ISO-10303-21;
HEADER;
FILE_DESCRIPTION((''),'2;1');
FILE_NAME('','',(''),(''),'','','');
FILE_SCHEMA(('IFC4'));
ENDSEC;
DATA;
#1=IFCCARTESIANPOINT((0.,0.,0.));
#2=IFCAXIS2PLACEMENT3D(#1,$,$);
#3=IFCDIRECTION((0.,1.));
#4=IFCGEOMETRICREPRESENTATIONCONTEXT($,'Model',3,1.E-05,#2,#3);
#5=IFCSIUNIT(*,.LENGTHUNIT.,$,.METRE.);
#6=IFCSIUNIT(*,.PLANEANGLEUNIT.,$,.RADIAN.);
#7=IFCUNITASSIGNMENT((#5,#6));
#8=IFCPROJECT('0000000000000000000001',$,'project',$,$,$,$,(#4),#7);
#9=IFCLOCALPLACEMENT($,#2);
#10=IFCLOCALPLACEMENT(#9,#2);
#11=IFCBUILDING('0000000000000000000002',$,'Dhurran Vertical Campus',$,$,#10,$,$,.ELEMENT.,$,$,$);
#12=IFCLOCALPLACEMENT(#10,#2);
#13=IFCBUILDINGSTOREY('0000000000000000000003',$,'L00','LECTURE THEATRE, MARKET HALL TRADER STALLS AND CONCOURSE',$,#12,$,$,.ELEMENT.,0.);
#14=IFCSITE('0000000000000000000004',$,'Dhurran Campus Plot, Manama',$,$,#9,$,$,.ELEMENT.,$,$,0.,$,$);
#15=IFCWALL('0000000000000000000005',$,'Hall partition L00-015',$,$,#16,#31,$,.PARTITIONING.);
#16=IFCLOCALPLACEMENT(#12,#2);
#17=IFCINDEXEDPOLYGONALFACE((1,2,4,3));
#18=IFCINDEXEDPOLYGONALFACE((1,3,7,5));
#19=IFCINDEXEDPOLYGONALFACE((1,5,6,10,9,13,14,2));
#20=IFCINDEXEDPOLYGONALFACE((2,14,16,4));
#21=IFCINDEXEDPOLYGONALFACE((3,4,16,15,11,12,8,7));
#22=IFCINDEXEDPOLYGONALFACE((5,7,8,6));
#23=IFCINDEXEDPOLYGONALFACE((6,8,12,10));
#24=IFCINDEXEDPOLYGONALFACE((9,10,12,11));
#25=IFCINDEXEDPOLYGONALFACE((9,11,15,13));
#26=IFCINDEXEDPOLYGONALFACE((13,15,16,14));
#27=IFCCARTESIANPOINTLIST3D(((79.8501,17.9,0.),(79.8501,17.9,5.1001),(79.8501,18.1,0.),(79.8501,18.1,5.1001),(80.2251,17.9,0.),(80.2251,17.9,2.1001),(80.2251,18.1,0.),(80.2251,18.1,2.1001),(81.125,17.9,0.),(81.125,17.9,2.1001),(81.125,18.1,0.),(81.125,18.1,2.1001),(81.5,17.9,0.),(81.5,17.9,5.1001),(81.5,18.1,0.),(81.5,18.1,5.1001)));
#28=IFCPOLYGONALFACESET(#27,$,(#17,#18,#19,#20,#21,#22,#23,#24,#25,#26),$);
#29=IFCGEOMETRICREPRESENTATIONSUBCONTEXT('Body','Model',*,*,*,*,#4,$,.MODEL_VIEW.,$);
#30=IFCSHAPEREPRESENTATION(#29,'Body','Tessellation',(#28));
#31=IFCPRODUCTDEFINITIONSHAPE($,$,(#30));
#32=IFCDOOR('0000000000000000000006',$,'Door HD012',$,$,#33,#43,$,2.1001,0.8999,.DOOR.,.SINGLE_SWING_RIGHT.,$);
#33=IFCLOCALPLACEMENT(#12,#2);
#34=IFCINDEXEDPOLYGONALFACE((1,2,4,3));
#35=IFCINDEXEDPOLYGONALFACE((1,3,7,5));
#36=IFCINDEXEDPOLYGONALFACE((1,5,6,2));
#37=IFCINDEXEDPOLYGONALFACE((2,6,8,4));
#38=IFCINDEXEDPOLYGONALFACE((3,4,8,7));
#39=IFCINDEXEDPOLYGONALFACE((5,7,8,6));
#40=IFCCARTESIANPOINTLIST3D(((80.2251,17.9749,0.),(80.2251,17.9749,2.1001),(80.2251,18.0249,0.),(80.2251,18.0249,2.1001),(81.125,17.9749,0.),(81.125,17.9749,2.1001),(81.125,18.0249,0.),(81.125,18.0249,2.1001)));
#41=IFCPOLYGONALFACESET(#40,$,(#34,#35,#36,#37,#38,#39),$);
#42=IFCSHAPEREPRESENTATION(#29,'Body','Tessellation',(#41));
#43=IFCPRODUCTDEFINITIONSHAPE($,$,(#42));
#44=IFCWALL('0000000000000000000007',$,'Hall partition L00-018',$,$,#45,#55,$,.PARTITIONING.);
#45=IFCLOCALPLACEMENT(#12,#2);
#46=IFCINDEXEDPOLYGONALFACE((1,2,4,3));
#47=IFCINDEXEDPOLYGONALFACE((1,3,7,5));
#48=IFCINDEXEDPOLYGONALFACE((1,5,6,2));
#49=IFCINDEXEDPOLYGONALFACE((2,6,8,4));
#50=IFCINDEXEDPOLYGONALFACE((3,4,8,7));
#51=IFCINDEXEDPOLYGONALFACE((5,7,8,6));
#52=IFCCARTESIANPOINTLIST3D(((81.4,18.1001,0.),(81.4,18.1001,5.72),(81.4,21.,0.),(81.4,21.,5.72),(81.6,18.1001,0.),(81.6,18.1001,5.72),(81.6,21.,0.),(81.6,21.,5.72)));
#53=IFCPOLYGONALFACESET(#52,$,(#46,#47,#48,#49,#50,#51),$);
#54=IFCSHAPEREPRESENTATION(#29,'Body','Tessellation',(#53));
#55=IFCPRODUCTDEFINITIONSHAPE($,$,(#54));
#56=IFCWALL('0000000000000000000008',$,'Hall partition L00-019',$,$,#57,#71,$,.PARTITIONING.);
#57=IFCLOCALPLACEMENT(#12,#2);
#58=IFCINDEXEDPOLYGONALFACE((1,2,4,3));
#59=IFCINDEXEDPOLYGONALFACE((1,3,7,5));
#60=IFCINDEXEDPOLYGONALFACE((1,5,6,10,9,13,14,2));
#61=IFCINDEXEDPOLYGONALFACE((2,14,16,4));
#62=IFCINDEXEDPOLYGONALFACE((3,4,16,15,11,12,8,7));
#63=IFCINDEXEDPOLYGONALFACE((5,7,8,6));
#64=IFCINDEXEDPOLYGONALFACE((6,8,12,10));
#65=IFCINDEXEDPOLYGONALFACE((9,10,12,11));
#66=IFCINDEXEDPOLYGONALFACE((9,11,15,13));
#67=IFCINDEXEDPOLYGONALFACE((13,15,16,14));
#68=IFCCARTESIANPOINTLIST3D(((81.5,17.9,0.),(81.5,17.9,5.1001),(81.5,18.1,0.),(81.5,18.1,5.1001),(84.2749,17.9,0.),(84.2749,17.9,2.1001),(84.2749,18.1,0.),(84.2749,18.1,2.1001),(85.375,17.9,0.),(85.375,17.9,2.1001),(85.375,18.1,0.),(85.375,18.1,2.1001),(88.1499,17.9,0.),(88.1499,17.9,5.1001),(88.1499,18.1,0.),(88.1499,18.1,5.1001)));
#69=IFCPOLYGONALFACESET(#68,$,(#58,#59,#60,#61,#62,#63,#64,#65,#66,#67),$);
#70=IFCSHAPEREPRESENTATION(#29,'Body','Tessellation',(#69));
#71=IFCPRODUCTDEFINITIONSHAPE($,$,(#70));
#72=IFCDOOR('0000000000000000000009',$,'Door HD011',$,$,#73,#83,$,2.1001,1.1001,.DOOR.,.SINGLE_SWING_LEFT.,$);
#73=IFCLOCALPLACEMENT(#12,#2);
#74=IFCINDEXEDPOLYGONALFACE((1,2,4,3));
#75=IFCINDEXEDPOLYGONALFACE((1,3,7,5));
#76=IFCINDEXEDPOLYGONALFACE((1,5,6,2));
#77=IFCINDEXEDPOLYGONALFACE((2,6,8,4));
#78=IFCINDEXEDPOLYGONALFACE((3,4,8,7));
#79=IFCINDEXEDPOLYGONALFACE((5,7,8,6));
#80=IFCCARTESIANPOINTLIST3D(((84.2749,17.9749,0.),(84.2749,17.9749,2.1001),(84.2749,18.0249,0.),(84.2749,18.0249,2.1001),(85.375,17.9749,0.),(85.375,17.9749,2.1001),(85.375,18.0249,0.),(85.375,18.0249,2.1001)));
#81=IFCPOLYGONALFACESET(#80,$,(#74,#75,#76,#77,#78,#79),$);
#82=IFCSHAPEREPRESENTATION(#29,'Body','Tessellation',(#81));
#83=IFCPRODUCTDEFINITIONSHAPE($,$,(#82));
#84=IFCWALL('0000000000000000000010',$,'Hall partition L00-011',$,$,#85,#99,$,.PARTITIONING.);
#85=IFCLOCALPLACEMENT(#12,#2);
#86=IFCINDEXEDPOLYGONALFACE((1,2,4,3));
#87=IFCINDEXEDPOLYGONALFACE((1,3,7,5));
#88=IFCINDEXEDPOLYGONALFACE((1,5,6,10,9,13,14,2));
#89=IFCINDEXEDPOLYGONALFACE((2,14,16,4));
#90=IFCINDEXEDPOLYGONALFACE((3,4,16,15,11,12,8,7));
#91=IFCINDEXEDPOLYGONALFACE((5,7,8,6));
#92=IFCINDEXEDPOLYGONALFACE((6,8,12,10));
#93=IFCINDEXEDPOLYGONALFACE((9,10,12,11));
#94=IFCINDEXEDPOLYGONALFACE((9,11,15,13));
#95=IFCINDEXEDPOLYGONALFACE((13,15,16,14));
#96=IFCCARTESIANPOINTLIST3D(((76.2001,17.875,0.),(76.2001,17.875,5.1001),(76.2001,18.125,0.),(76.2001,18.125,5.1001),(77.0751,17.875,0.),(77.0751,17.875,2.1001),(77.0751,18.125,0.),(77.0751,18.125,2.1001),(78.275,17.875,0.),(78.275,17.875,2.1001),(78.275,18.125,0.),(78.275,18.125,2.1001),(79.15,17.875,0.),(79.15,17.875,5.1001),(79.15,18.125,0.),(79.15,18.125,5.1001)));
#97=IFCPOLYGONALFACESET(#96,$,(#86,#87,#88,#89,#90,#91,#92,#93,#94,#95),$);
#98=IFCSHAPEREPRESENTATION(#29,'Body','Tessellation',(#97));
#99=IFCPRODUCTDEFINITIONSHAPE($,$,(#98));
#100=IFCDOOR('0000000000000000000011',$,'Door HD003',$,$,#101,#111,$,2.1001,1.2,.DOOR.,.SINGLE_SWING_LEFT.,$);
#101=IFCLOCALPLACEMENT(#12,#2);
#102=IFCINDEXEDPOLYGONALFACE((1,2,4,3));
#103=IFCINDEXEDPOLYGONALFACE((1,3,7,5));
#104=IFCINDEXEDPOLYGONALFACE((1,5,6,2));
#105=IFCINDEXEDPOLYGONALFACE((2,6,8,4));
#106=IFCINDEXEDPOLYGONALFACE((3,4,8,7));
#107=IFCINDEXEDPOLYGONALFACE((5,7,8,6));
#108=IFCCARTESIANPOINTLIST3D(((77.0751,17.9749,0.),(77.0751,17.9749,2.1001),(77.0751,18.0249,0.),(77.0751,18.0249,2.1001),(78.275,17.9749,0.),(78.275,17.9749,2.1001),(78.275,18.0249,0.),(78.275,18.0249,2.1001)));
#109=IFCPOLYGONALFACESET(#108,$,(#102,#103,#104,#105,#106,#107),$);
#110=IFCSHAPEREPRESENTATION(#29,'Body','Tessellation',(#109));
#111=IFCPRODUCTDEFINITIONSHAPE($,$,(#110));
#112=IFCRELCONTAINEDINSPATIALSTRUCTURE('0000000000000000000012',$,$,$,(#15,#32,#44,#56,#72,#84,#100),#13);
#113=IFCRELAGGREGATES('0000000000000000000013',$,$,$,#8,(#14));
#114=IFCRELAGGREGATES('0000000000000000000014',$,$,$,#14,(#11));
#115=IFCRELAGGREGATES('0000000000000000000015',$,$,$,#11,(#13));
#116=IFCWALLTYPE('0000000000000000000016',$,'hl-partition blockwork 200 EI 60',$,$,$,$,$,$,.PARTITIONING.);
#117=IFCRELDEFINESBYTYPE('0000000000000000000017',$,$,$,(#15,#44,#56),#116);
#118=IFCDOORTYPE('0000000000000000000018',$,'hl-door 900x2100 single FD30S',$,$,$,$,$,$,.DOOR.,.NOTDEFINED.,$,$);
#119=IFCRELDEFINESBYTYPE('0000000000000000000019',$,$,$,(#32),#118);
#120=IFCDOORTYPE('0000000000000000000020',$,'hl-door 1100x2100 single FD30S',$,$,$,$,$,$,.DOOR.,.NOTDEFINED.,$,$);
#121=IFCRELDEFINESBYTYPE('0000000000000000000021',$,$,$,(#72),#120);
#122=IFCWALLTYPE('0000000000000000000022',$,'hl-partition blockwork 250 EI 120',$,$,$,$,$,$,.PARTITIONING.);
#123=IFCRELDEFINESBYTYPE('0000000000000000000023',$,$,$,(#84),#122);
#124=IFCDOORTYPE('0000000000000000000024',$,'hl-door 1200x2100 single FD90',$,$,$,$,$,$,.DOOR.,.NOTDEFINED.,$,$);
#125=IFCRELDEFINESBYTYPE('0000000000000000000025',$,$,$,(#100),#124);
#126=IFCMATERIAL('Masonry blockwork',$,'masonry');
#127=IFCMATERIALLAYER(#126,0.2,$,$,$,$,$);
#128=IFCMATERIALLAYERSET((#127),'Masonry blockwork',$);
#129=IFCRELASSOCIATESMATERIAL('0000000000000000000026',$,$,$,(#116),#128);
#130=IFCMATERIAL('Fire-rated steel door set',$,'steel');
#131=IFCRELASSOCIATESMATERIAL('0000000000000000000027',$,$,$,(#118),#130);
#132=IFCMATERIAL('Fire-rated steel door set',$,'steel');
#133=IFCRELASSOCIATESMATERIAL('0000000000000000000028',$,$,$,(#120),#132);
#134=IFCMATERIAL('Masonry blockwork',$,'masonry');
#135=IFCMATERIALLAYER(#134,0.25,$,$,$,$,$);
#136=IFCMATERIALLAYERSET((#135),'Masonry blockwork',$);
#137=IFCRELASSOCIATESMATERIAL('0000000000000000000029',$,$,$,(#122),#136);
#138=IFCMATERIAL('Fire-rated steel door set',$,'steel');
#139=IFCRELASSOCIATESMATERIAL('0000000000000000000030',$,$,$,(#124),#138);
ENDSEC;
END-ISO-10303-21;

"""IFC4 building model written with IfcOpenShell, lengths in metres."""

from ifc_helpers import new_model, si_unit, direction, frame, frame_2d, origin, place, context, subcontext, project, spatial, rectangle, extrude, material, layer, layer_set, type_object, element, fill, save


model = new_model("IFC4")

# Units and contexts
model_context = context("Model", 3, precision=1e-05, world=origin(), true_north=direction((0.0, 1.0)))
body_context = subcontext(model_context, "Body", "Model", "MODEL_VIEW")
ifc_project = project(units=[si_unit("LENGTHUNIT", "METRE"), si_unit("PLANEANGLEUNIT", "RADIAN")], contexts=[model_context])

# Site, building, storey
site_placement = place(None, origin())
site = spatial("IfcSite", under=ifc_project, at=site_placement, Name="Dhurran Campus Plot, Manama", CompositionType="ELEMENT", RefElevation=0.0)
building_placement = place(site_placement, origin())
building = spatial("IfcBuilding", under=site, at=building_placement, Name="Dhurran Vertical Campus", CompositionType="ELEMENT")
storey_placement = place(building_placement, origin())
storey = spatial("IfcBuildingStorey", under=building, at=storey_placement, Name="L00", Description="LECTURE THEATRE, MARKET HALL TRADER STALLS AND CONCOURSE", CompositionType="ELEMENT", Elevation=0.0)

# Shared definitions
ifc_material_1 = material(Name="Masonry blockwork", Category="masonry")
ifc_layer_1 = layer(ifc_material_1, 0.2)
ifc_layer_set_1 = layer_set([ifc_layer_1], Name="Masonry blockwork")
wall_type_1 = type_object("IfcWallType", Name="hl-partition blockwork 200 EI 60", PredefinedType="PARTITIONING", material=ifc_layer_set_1)

# Wall, opening, door
wall_1_placement = place(storey_placement, frame((79.8501, 18.0, 0.0), z_axis=(0.0, 0.0, 1.0), x_axis=(1.0, 0.0, 0.0)))
wall_1 = element("IfcWall", 1, at=wall_1_placement, inside=storey, type_object=wall_type_1, Name="Hall partition L00-015", PredefinedType="PARTITIONING", context=body_context, shape_type="SweptSolid", body=[
    extrude(rectangle(XDim=1.6499, YDim=0.2, at=frame_2d((0.825, 0.0))), origin(), (0.0, 0.0, 1.0), 5.1001),
])
opening_1_placement = place(wall_1_placement, frame((0.375, 0.0, 0.0)))
opening_1 = element("IfcOpeningElement", 2, at=opening_1_placement, cuts=wall_1, PredefinedType="OPENING", context=body_context, shape_type="SweptSolid", body=[
    extrude(rectangle(XDim=0.8999, YDim=2.1001, at=frame_2d((0.45, 1.05))), frame((0.0, 0.1099, 0.0), z_axis=(0.0, -1.0, 0.0), x_axis=(1.0, 0.0, 0.0)), (0.0, 0.0, 1.0), 0.22),
])
ifc_material_2 = material(Name="Fire-rated steel door set", Category="steel")
door_type_1 = type_object("IfcDoorType", Name="hl-door 900x2100 single FD30S", OperationType="NOTDEFINED", PredefinedType="DOOR", material=ifc_material_2)
door_1_placement = place(opening_1_placement, origin())
door_1 = element("IfcDoor", 3, at=door_1_placement, inside=storey, type_object=door_type_1, Name="Door HD012", OperationType="SINGLE_SWING_RIGHT", OverallHeight=2.1001, OverallWidth=0.8999, PredefinedType="DOOR", context=body_context, shape_type="SweptSolid", body=[
    extrude(rectangle(XDim=0.8999, YDim=2.1001, at=frame_2d((0.45, 1.05))), frame((0.0, 0.0249, 0.0), z_axis=(0.0, -1.0, 0.0), x_axis=(1.0, 0.0, 0.0)), (0.0, 0.0, 1.0), 0.05),
])
fill(opening_1, door_1)

# Wall
wall_2_placement = place(storey_placement, frame((81.5, 18.1001, 0.0), z_axis=(0.0, 0.0, 1.0), x_axis=(0.0, 1.0, 0.0)))
element("IfcWall", 4, at=wall_2_placement, inside=storey, type_object=wall_type_1, Name="Hall partition L00-018", PredefinedType="PARTITIONING", context=body_context, shape_type="SweptSolid", body=[
    extrude(rectangle(XDim=2.8999, YDim=0.2, at=frame_2d((1.45, 0.0))), origin(), (0.0, 0.0, 1.0), 5.72),
])

# Walls, openings, doors
wall_3_placement = place(storey_placement, frame((81.5, 18.0, 0.0), z_axis=(0.0, 0.0, 1.0), x_axis=(1.0, 0.0, 0.0)))
wall_3 = element("IfcWall", 5, at=wall_3_placement, inside=storey, type_object=wall_type_1, Name="Hall partition L00-019", PredefinedType="PARTITIONING", context=body_context, shape_type="SweptSolid", body=[
    extrude(rectangle(XDim=6.6499, YDim=0.2, at=frame_2d((3.325, 0.0))), origin(), (0.0, 0.0, 1.0), 5.1001),
])
opening_2_placement = place(wall_3_placement, frame((2.7749, 0.0, 0.0)))
opening_2 = element("IfcOpeningElement", 6, at=opening_2_placement, cuts=wall_3, PredefinedType="OPENING", context=body_context, shape_type="SweptSolid", body=[
    extrude(rectangle(XDim=1.1001, YDim=2.1001, at=frame_2d((0.55, 1.05))), frame((0.0, 0.1099, 0.0), z_axis=(0.0, -1.0, 0.0), x_axis=(1.0, 0.0, 0.0)), (0.0, 0.0, 1.0), 0.22),
])
ifc_material_3 = material(Name="Fire-rated steel door set", Category="steel")
door_type_2 = type_object("IfcDoorType", Name="hl-door 1100x2100 single FD30S", OperationType="NOTDEFINED", PredefinedType="DOOR", material=ifc_material_3)
door_2_placement = place(opening_2_placement, origin())
door_2 = element("IfcDoor", 7, at=door_2_placement, inside=storey, type_object=door_type_2, Name="Door HD011", OperationType="SINGLE_SWING_LEFT", OverallHeight=2.1001, OverallWidth=1.1001, PredefinedType="DOOR", context=body_context, shape_type="SweptSolid", body=[
    extrude(rectangle(XDim=1.1001, YDim=2.1001, at=frame_2d((0.55, 1.05))), frame((0.0, 0.0249, 0.0), z_axis=(0.0, -1.0, 0.0), x_axis=(1.0, 0.0, 0.0)), (0.0, 0.0, 1.0), 0.05),
])
fill(opening_2, door_2)
ifc_material_4 = material(Name="Masonry blockwork", Category="masonry")
ifc_layer_2 = layer(ifc_material_4, 0.25)
ifc_layer_set_2 = layer_set([ifc_layer_2], Name="Masonry blockwork")
wall_type_2 = type_object("IfcWallType", Name="hl-partition blockwork 250 EI 120", PredefinedType="PARTITIONING", material=ifc_layer_set_2)
wall_4_placement = place(storey_placement, frame((76.2, 18.0, 0.0), z_axis=(0.0, 0.0, 1.0), x_axis=(1.0, 0.0, 0.0)))
wall_4 = element("IfcWall", 8, at=wall_4_placement, inside=storey, type_object=wall_type_2, Name="Hall partition L00-011", PredefinedType="PARTITIONING", context=body_context, shape_type="SweptSolid", body=[
    extrude(rectangle(XDim=2.95, YDim=0.25, at=frame_2d((1.4751, 0.0))), origin(), (0.0, 0.0, 1.0), 5.1001),
])
opening_3_placement = place(wall_4_placement, frame((0.875, 0.0, 0.0)))
opening_3 = element("IfcOpeningElement", 9, at=opening_3_placement, cuts=wall_4, PredefinedType="OPENING", context=body_context, shape_type="SweptSolid", body=[
    extrude(rectangle(XDim=1.2, YDim=2.1001, at=frame_2d((0.6001, 1.05))), frame((0.0, 0.135, 0.0), z_axis=(0.0, -1.0, 0.0), x_axis=(1.0, 0.0, 0.0)), (0.0, 0.0, 1.0), 0.27),
])
ifc_material_5 = material(Name="Fire-rated steel door set", Category="steel")
door_type_3 = type_object("IfcDoorType", Name="hl-door 1200x2100 single FD90", OperationType="NOTDEFINED", PredefinedType="DOOR", material=ifc_material_5)
door_3_placement = place(opening_3_placement, origin())
door_3 = element("IfcDoor", 10, at=door_3_placement, inside=storey, type_object=door_type_3, Name="Door HD003", OperationType="SINGLE_SWING_LEFT", OverallHeight=2.1001, OverallWidth=1.2, PredefinedType="DOOR", context=body_context, shape_type="SweptSolid", body=[
    extrude(rectangle(XDim=1.2, YDim=2.1001, at=frame_2d((0.6001, 1.05))), frame((0.0, 0.0249, 0.0), z_axis=(0.0, -1.0, 0.0), x_axis=(1.0, 0.0, 0.0)), (0.0, 0.0, 1.0), 0.05),
])
fill(opening_3, door_3)

save(model, "model.ifc")
